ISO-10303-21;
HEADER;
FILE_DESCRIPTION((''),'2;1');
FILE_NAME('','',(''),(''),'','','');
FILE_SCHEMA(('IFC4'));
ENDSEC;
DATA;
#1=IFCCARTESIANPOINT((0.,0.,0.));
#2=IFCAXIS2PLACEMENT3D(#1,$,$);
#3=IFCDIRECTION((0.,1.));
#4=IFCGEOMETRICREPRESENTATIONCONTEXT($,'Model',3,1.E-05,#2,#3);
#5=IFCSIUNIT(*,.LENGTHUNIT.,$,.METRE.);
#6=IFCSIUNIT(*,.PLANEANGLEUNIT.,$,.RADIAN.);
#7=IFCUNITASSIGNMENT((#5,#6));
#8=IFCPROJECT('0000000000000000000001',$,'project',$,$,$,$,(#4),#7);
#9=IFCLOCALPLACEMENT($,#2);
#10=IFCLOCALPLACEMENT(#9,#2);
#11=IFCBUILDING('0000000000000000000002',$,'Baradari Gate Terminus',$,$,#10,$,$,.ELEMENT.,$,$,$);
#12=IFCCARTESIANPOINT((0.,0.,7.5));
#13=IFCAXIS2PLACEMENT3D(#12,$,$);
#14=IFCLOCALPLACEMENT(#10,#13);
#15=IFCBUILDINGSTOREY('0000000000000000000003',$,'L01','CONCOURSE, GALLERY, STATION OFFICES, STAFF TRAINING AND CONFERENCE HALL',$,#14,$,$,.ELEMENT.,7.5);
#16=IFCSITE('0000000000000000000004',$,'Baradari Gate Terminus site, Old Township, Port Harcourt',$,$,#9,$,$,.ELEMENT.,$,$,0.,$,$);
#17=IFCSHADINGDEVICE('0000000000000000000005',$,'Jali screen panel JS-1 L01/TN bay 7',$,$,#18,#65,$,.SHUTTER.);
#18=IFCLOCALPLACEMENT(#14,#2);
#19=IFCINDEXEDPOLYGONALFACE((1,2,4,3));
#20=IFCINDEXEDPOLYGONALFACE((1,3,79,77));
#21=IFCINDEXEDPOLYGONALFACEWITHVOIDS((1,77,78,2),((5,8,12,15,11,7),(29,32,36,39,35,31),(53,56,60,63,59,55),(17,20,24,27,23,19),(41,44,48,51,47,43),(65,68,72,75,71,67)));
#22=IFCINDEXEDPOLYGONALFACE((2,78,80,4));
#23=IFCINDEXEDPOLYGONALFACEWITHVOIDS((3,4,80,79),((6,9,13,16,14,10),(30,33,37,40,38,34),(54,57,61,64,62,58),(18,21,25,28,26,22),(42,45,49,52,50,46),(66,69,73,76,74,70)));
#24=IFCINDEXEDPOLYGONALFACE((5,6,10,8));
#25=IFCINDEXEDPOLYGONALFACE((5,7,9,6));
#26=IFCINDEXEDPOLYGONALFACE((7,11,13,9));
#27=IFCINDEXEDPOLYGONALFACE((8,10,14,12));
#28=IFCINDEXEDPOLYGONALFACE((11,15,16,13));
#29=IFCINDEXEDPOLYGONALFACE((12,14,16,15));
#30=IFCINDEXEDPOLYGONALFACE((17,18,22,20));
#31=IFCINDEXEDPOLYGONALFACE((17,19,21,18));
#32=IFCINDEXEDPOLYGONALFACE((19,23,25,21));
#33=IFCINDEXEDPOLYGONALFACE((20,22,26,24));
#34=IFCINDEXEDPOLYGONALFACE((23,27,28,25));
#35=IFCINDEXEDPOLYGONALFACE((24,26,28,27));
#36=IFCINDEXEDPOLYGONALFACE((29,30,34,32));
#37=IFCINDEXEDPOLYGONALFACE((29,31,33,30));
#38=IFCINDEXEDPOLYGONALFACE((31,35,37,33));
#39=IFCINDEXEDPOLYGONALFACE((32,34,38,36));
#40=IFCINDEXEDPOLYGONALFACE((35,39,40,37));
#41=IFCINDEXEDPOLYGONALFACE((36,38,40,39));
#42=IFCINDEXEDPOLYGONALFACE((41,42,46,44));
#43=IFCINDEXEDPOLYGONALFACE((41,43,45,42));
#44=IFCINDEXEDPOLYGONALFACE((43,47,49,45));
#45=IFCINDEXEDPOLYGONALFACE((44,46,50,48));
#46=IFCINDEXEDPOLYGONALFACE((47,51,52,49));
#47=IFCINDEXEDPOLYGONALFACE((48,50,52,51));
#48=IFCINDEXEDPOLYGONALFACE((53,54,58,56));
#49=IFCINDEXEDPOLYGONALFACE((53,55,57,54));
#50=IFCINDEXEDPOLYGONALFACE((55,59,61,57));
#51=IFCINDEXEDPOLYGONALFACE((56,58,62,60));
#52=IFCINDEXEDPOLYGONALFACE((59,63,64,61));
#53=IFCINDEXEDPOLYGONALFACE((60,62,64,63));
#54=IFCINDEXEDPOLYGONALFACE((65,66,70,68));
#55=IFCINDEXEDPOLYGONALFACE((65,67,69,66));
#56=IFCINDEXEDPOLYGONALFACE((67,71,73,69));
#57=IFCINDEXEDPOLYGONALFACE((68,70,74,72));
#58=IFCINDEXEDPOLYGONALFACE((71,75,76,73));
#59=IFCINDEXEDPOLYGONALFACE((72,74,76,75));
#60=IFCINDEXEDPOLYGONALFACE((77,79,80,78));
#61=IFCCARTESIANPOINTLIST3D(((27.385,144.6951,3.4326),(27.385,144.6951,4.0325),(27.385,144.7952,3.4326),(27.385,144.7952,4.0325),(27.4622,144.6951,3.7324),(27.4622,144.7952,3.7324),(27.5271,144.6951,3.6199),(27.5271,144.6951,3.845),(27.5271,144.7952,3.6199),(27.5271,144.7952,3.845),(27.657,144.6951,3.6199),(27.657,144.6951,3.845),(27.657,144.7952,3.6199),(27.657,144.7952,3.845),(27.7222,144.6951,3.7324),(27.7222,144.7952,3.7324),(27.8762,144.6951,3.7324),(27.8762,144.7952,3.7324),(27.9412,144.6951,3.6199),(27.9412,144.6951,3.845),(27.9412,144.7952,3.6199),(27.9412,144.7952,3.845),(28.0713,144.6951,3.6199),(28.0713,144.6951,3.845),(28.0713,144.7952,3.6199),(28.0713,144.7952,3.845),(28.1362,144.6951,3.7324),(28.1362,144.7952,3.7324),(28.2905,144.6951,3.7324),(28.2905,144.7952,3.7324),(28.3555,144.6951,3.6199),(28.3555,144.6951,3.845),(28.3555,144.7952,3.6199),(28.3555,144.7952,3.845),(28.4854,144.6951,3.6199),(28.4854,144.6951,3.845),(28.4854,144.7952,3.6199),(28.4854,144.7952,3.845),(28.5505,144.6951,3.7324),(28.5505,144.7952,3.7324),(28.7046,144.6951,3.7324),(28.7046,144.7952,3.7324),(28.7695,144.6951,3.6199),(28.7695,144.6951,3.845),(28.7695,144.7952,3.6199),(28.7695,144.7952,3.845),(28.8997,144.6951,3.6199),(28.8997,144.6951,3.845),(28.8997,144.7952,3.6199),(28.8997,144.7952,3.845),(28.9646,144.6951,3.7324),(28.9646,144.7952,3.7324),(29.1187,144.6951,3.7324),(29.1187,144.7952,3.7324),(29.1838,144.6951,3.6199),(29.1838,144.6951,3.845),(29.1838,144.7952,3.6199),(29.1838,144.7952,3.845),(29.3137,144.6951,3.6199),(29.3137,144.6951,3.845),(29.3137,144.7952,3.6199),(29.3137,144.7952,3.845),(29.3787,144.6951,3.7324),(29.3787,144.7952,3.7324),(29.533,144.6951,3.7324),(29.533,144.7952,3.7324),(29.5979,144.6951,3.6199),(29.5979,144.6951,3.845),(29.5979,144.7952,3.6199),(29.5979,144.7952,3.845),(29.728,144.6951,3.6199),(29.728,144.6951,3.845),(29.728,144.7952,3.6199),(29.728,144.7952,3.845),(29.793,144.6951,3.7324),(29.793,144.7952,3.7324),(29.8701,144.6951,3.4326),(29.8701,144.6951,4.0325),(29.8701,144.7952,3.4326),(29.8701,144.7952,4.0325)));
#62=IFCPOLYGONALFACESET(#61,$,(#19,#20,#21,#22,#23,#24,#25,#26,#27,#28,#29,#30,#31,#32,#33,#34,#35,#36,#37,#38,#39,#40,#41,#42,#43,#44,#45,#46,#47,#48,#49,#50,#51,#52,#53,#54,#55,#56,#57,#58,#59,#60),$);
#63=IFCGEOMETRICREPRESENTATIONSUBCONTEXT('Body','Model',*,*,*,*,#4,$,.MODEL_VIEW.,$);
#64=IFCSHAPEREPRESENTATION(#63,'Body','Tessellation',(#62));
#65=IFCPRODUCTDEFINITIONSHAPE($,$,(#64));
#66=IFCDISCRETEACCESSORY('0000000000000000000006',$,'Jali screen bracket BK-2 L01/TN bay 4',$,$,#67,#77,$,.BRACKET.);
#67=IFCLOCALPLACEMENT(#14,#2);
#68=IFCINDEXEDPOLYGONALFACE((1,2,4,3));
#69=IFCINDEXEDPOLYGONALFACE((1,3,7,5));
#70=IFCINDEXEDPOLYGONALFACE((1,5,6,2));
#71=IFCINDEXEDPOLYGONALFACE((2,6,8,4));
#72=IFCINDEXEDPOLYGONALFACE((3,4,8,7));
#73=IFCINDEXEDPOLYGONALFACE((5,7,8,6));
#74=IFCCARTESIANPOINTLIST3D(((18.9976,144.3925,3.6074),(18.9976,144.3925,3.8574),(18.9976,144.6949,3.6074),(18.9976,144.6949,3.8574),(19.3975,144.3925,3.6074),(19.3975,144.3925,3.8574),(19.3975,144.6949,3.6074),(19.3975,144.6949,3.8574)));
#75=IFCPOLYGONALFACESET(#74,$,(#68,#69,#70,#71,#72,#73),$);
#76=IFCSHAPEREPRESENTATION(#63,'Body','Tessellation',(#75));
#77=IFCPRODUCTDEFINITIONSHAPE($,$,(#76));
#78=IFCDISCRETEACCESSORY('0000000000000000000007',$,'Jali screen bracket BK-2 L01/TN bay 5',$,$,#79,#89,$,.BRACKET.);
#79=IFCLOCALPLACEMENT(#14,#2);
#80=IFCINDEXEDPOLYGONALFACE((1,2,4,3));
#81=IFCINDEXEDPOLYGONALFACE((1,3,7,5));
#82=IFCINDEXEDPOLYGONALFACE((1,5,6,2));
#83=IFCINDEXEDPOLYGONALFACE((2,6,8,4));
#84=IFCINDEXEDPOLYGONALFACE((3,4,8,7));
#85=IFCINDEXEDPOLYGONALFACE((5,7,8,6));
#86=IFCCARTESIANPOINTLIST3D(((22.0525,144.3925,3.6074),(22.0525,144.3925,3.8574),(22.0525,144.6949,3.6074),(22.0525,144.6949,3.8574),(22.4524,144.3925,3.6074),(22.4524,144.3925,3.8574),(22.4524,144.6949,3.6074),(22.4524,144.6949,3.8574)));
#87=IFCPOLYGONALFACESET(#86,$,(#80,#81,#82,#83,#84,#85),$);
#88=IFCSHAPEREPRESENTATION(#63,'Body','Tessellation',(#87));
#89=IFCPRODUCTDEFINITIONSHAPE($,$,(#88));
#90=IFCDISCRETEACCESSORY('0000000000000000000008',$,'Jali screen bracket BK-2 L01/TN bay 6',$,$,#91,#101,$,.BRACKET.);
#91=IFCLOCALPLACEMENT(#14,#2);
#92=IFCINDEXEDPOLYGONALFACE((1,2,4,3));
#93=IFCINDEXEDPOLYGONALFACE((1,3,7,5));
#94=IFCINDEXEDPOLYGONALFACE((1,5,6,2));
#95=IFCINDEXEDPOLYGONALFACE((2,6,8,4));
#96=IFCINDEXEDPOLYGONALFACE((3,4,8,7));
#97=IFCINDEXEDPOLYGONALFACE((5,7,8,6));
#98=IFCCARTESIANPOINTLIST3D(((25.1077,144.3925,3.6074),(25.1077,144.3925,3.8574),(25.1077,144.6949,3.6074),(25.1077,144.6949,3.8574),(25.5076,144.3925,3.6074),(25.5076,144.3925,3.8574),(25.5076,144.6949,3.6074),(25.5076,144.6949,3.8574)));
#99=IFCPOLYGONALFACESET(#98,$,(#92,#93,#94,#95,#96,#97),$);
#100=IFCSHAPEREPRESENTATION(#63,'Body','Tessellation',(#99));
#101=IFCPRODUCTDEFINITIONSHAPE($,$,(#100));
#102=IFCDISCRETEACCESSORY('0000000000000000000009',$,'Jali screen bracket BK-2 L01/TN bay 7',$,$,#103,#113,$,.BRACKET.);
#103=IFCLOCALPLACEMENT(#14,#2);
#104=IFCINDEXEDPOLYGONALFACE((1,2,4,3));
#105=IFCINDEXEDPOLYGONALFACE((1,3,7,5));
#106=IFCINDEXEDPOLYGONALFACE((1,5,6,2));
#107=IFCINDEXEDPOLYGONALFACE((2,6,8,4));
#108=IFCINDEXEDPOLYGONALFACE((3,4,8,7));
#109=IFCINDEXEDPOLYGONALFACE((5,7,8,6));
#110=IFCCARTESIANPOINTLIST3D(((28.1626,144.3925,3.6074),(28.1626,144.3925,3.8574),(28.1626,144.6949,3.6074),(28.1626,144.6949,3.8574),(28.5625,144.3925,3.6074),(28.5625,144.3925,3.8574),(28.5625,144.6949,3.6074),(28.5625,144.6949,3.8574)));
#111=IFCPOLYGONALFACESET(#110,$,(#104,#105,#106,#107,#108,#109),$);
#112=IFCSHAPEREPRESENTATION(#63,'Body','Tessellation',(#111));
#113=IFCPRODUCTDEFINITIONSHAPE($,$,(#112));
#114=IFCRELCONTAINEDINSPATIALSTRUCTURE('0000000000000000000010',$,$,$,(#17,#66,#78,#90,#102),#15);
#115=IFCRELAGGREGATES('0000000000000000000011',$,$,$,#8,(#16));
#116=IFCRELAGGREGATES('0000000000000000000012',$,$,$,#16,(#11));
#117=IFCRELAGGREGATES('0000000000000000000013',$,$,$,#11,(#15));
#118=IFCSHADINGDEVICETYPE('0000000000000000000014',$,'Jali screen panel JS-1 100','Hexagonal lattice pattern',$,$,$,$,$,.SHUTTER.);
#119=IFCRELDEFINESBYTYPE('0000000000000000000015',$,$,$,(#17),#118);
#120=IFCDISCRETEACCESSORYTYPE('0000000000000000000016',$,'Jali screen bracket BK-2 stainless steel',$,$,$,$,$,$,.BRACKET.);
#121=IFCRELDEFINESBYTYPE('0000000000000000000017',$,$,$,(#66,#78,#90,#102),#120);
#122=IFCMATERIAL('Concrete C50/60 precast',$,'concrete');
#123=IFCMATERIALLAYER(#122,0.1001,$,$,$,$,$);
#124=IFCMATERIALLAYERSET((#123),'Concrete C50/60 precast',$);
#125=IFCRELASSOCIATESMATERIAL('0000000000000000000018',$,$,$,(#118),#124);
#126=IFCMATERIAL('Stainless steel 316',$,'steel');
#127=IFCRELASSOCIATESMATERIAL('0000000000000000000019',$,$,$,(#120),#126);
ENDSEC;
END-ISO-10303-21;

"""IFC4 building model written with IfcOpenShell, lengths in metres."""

from ifc_helpers import new_model, si_unit, direction, frame, origin, origin_2d, place, context, subcontext, project, spatial, polyline, rectangle, outline, extrude, material, layer, layer_set, type_object, element, save


model = new_model("IFC4")

# Units and contexts
model_context = context("Model", 3, precision=1e-05, world=origin(), true_north=direction((0.0, 1.0)))
body_context = subcontext(model_context, "Body", "Model", "MODEL_VIEW")
ifc_project = project(units=[si_unit("LENGTHUNIT", "METRE"), si_unit("PLANEANGLEUNIT", "RADIAN")], contexts=[model_context])

# Site, building, storey
site_placement = place(None, origin())
site = spatial("IfcSite", under=ifc_project, at=site_placement, Name="Baradari Gate Terminus site, Old Township, Port Harcourt", CompositionType="ELEMENT", RefElevation=0.0)
building_placement = place(site_placement, origin())
building = spatial("IfcBuilding", under=site, at=building_placement, Name="Baradari Gate Terminus", CompositionType="ELEMENT")
storey_placement = place(building_placement, frame((0.0, 0.0, 7.5)))
storey = spatial("IfcBuildingStorey", under=building, at=storey_placement, Name="L01", Description="CONCOURSE, GALLERY, STATION OFFICES, STAFF TRAINING AND CONFERENCE HALL", CompositionType="ELEMENT", Elevation=7.5)

# Shading device
ifc_material_1 = material(Name="Concrete C50/60 precast", Category="concrete")
ifc_layer_1 = layer(ifc_material_1, 0.1001)
ifc_layer_set_1 = layer_set([ifc_layer_1], Name="Concrete C50/60 precast")
shading_device_type = type_object("IfcShadingDeviceType", Name="Jali screen panel JS-1 100", Description="Hexagonal lattice pattern", PredefinedType="SHUTTER", material=ifc_layer_set_1)
shading_device_1_placement = place(storey_placement, frame((27.385, 144.7451, 3.4326), z_axis=(0.0, 0.0, 1.0), x_axis=(1.0, 0.0, 0.0)))
element("IfcShadingDevice", 1, at=shading_device_1_placement, inside=storey, type_object=shading_device_type, Name="Jali screen panel JS-1 L01/TN bay 7", PredefinedType="SHUTTER", context=body_context, shape_type="SweptSolid", body=[
    extrude(outline(polyline([(0.0, 0.0), (2.4851, 0.0), (2.4851, 0.5999), (0.0, 0.5999), (0.0, 0.0)]), holes=[polyline([(0.3372, 0.2998), (0.272, 0.1873), (0.1421, 0.1873), (0.0771, 0.2998), (0.1421, 0.4124), (0.272, 0.4124), (0.3372, 0.2998)]), polyline([(0.7512, 0.2998), (0.6863, 0.1873), (0.5562, 0.1873), (0.4912, 0.2998), (0.5562, 0.4124), (0.6863, 0.4124), (0.7512, 0.2998)]), polyline([(1.1655, 0.2998), (1.1003, 0.1873), (0.9705, 0.1873), (0.9055, 0.2998), (0.9705, 0.4124), (1.1003, 0.4124), (1.1655, 0.2998)]), polyline([(1.5796, 0.2998), (1.5146, 0.1873), (1.3845, 0.1873), (1.3196, 0.2998), (1.3845, 0.4124), (1.5146, 0.4124), (1.5796, 0.2998)]), polyline([(1.9937, 0.2998), (1.9287, 0.1873), (1.7988, 0.1873), (1.7336, 0.2998), (1.7988, 0.4124), (1.9287, 0.4124), (1.9937, 0.2998)]), polyline([(2.408, 0.2998), (2.343, 0.1873), (2.2129, 0.1873), (2.1479, 0.2998), (2.2129, 0.4124), (2.343, 0.4124), (2.408, 0.2998)])]), frame((0.0, 0.05, 0.0), z_axis=(0.0, -1.0, 0.0), x_axis=(1.0, 0.0, 0.0)), (0.0, 0.0, 1.0), 0.1001),
])

# Discrete accessories
ifc_material_2 = material(Name="Stainless steel 316", Category="steel")
discrete_accessory_type = type_object("IfcDiscreteAccessoryType", Name="Jali screen bracket BK-2 stainless steel", PredefinedType="BRACKET", material=ifc_material_2)
for number, where, z_axis, x_axis, name in (
    (2, (19.1975, 144.5437, 3.6074), (0.0, 0.0, 1.0), (0.0, 1.0, 0.0), "Jali screen bracket BK-2 L01/TN bay 4"),
    (3, (22.2524, 144.5437, 3.6074), (0.0, 0.0, 1.0), (0.0, 1.0, 0.0), "Jali screen bracket BK-2 L01/TN bay 5"),
    (4, (25.3076, 144.5437, 3.6074), (0.0, 0.0, 1.0), (0.0, 1.0, 0.0), "Jali screen bracket BK-2 L01/TN bay 6"),
    (5, (28.3625, 144.5437, 3.6074), (0.0, 0.0, 1.0), (0.0, 1.0, 0.0), "Jali screen bracket BK-2 L01/TN bay 7"),
):
    element("IfcDiscreteAccessory", number, at=place(storey_placement, frame(where, z_axis=z_axis, x_axis=x_axis)), inside=storey, type_object=discrete_accessory_type, Name=name, PredefinedType="BRACKET", context=body_context, shape_type="SweptSolid", body=[
        extrude(rectangle(XDim=0.3025, YDim=0.3999, at=origin_2d()), origin(), (0.0, 0.0, 1.0), 0.25),
    ])

save(model, "model.ifc")
